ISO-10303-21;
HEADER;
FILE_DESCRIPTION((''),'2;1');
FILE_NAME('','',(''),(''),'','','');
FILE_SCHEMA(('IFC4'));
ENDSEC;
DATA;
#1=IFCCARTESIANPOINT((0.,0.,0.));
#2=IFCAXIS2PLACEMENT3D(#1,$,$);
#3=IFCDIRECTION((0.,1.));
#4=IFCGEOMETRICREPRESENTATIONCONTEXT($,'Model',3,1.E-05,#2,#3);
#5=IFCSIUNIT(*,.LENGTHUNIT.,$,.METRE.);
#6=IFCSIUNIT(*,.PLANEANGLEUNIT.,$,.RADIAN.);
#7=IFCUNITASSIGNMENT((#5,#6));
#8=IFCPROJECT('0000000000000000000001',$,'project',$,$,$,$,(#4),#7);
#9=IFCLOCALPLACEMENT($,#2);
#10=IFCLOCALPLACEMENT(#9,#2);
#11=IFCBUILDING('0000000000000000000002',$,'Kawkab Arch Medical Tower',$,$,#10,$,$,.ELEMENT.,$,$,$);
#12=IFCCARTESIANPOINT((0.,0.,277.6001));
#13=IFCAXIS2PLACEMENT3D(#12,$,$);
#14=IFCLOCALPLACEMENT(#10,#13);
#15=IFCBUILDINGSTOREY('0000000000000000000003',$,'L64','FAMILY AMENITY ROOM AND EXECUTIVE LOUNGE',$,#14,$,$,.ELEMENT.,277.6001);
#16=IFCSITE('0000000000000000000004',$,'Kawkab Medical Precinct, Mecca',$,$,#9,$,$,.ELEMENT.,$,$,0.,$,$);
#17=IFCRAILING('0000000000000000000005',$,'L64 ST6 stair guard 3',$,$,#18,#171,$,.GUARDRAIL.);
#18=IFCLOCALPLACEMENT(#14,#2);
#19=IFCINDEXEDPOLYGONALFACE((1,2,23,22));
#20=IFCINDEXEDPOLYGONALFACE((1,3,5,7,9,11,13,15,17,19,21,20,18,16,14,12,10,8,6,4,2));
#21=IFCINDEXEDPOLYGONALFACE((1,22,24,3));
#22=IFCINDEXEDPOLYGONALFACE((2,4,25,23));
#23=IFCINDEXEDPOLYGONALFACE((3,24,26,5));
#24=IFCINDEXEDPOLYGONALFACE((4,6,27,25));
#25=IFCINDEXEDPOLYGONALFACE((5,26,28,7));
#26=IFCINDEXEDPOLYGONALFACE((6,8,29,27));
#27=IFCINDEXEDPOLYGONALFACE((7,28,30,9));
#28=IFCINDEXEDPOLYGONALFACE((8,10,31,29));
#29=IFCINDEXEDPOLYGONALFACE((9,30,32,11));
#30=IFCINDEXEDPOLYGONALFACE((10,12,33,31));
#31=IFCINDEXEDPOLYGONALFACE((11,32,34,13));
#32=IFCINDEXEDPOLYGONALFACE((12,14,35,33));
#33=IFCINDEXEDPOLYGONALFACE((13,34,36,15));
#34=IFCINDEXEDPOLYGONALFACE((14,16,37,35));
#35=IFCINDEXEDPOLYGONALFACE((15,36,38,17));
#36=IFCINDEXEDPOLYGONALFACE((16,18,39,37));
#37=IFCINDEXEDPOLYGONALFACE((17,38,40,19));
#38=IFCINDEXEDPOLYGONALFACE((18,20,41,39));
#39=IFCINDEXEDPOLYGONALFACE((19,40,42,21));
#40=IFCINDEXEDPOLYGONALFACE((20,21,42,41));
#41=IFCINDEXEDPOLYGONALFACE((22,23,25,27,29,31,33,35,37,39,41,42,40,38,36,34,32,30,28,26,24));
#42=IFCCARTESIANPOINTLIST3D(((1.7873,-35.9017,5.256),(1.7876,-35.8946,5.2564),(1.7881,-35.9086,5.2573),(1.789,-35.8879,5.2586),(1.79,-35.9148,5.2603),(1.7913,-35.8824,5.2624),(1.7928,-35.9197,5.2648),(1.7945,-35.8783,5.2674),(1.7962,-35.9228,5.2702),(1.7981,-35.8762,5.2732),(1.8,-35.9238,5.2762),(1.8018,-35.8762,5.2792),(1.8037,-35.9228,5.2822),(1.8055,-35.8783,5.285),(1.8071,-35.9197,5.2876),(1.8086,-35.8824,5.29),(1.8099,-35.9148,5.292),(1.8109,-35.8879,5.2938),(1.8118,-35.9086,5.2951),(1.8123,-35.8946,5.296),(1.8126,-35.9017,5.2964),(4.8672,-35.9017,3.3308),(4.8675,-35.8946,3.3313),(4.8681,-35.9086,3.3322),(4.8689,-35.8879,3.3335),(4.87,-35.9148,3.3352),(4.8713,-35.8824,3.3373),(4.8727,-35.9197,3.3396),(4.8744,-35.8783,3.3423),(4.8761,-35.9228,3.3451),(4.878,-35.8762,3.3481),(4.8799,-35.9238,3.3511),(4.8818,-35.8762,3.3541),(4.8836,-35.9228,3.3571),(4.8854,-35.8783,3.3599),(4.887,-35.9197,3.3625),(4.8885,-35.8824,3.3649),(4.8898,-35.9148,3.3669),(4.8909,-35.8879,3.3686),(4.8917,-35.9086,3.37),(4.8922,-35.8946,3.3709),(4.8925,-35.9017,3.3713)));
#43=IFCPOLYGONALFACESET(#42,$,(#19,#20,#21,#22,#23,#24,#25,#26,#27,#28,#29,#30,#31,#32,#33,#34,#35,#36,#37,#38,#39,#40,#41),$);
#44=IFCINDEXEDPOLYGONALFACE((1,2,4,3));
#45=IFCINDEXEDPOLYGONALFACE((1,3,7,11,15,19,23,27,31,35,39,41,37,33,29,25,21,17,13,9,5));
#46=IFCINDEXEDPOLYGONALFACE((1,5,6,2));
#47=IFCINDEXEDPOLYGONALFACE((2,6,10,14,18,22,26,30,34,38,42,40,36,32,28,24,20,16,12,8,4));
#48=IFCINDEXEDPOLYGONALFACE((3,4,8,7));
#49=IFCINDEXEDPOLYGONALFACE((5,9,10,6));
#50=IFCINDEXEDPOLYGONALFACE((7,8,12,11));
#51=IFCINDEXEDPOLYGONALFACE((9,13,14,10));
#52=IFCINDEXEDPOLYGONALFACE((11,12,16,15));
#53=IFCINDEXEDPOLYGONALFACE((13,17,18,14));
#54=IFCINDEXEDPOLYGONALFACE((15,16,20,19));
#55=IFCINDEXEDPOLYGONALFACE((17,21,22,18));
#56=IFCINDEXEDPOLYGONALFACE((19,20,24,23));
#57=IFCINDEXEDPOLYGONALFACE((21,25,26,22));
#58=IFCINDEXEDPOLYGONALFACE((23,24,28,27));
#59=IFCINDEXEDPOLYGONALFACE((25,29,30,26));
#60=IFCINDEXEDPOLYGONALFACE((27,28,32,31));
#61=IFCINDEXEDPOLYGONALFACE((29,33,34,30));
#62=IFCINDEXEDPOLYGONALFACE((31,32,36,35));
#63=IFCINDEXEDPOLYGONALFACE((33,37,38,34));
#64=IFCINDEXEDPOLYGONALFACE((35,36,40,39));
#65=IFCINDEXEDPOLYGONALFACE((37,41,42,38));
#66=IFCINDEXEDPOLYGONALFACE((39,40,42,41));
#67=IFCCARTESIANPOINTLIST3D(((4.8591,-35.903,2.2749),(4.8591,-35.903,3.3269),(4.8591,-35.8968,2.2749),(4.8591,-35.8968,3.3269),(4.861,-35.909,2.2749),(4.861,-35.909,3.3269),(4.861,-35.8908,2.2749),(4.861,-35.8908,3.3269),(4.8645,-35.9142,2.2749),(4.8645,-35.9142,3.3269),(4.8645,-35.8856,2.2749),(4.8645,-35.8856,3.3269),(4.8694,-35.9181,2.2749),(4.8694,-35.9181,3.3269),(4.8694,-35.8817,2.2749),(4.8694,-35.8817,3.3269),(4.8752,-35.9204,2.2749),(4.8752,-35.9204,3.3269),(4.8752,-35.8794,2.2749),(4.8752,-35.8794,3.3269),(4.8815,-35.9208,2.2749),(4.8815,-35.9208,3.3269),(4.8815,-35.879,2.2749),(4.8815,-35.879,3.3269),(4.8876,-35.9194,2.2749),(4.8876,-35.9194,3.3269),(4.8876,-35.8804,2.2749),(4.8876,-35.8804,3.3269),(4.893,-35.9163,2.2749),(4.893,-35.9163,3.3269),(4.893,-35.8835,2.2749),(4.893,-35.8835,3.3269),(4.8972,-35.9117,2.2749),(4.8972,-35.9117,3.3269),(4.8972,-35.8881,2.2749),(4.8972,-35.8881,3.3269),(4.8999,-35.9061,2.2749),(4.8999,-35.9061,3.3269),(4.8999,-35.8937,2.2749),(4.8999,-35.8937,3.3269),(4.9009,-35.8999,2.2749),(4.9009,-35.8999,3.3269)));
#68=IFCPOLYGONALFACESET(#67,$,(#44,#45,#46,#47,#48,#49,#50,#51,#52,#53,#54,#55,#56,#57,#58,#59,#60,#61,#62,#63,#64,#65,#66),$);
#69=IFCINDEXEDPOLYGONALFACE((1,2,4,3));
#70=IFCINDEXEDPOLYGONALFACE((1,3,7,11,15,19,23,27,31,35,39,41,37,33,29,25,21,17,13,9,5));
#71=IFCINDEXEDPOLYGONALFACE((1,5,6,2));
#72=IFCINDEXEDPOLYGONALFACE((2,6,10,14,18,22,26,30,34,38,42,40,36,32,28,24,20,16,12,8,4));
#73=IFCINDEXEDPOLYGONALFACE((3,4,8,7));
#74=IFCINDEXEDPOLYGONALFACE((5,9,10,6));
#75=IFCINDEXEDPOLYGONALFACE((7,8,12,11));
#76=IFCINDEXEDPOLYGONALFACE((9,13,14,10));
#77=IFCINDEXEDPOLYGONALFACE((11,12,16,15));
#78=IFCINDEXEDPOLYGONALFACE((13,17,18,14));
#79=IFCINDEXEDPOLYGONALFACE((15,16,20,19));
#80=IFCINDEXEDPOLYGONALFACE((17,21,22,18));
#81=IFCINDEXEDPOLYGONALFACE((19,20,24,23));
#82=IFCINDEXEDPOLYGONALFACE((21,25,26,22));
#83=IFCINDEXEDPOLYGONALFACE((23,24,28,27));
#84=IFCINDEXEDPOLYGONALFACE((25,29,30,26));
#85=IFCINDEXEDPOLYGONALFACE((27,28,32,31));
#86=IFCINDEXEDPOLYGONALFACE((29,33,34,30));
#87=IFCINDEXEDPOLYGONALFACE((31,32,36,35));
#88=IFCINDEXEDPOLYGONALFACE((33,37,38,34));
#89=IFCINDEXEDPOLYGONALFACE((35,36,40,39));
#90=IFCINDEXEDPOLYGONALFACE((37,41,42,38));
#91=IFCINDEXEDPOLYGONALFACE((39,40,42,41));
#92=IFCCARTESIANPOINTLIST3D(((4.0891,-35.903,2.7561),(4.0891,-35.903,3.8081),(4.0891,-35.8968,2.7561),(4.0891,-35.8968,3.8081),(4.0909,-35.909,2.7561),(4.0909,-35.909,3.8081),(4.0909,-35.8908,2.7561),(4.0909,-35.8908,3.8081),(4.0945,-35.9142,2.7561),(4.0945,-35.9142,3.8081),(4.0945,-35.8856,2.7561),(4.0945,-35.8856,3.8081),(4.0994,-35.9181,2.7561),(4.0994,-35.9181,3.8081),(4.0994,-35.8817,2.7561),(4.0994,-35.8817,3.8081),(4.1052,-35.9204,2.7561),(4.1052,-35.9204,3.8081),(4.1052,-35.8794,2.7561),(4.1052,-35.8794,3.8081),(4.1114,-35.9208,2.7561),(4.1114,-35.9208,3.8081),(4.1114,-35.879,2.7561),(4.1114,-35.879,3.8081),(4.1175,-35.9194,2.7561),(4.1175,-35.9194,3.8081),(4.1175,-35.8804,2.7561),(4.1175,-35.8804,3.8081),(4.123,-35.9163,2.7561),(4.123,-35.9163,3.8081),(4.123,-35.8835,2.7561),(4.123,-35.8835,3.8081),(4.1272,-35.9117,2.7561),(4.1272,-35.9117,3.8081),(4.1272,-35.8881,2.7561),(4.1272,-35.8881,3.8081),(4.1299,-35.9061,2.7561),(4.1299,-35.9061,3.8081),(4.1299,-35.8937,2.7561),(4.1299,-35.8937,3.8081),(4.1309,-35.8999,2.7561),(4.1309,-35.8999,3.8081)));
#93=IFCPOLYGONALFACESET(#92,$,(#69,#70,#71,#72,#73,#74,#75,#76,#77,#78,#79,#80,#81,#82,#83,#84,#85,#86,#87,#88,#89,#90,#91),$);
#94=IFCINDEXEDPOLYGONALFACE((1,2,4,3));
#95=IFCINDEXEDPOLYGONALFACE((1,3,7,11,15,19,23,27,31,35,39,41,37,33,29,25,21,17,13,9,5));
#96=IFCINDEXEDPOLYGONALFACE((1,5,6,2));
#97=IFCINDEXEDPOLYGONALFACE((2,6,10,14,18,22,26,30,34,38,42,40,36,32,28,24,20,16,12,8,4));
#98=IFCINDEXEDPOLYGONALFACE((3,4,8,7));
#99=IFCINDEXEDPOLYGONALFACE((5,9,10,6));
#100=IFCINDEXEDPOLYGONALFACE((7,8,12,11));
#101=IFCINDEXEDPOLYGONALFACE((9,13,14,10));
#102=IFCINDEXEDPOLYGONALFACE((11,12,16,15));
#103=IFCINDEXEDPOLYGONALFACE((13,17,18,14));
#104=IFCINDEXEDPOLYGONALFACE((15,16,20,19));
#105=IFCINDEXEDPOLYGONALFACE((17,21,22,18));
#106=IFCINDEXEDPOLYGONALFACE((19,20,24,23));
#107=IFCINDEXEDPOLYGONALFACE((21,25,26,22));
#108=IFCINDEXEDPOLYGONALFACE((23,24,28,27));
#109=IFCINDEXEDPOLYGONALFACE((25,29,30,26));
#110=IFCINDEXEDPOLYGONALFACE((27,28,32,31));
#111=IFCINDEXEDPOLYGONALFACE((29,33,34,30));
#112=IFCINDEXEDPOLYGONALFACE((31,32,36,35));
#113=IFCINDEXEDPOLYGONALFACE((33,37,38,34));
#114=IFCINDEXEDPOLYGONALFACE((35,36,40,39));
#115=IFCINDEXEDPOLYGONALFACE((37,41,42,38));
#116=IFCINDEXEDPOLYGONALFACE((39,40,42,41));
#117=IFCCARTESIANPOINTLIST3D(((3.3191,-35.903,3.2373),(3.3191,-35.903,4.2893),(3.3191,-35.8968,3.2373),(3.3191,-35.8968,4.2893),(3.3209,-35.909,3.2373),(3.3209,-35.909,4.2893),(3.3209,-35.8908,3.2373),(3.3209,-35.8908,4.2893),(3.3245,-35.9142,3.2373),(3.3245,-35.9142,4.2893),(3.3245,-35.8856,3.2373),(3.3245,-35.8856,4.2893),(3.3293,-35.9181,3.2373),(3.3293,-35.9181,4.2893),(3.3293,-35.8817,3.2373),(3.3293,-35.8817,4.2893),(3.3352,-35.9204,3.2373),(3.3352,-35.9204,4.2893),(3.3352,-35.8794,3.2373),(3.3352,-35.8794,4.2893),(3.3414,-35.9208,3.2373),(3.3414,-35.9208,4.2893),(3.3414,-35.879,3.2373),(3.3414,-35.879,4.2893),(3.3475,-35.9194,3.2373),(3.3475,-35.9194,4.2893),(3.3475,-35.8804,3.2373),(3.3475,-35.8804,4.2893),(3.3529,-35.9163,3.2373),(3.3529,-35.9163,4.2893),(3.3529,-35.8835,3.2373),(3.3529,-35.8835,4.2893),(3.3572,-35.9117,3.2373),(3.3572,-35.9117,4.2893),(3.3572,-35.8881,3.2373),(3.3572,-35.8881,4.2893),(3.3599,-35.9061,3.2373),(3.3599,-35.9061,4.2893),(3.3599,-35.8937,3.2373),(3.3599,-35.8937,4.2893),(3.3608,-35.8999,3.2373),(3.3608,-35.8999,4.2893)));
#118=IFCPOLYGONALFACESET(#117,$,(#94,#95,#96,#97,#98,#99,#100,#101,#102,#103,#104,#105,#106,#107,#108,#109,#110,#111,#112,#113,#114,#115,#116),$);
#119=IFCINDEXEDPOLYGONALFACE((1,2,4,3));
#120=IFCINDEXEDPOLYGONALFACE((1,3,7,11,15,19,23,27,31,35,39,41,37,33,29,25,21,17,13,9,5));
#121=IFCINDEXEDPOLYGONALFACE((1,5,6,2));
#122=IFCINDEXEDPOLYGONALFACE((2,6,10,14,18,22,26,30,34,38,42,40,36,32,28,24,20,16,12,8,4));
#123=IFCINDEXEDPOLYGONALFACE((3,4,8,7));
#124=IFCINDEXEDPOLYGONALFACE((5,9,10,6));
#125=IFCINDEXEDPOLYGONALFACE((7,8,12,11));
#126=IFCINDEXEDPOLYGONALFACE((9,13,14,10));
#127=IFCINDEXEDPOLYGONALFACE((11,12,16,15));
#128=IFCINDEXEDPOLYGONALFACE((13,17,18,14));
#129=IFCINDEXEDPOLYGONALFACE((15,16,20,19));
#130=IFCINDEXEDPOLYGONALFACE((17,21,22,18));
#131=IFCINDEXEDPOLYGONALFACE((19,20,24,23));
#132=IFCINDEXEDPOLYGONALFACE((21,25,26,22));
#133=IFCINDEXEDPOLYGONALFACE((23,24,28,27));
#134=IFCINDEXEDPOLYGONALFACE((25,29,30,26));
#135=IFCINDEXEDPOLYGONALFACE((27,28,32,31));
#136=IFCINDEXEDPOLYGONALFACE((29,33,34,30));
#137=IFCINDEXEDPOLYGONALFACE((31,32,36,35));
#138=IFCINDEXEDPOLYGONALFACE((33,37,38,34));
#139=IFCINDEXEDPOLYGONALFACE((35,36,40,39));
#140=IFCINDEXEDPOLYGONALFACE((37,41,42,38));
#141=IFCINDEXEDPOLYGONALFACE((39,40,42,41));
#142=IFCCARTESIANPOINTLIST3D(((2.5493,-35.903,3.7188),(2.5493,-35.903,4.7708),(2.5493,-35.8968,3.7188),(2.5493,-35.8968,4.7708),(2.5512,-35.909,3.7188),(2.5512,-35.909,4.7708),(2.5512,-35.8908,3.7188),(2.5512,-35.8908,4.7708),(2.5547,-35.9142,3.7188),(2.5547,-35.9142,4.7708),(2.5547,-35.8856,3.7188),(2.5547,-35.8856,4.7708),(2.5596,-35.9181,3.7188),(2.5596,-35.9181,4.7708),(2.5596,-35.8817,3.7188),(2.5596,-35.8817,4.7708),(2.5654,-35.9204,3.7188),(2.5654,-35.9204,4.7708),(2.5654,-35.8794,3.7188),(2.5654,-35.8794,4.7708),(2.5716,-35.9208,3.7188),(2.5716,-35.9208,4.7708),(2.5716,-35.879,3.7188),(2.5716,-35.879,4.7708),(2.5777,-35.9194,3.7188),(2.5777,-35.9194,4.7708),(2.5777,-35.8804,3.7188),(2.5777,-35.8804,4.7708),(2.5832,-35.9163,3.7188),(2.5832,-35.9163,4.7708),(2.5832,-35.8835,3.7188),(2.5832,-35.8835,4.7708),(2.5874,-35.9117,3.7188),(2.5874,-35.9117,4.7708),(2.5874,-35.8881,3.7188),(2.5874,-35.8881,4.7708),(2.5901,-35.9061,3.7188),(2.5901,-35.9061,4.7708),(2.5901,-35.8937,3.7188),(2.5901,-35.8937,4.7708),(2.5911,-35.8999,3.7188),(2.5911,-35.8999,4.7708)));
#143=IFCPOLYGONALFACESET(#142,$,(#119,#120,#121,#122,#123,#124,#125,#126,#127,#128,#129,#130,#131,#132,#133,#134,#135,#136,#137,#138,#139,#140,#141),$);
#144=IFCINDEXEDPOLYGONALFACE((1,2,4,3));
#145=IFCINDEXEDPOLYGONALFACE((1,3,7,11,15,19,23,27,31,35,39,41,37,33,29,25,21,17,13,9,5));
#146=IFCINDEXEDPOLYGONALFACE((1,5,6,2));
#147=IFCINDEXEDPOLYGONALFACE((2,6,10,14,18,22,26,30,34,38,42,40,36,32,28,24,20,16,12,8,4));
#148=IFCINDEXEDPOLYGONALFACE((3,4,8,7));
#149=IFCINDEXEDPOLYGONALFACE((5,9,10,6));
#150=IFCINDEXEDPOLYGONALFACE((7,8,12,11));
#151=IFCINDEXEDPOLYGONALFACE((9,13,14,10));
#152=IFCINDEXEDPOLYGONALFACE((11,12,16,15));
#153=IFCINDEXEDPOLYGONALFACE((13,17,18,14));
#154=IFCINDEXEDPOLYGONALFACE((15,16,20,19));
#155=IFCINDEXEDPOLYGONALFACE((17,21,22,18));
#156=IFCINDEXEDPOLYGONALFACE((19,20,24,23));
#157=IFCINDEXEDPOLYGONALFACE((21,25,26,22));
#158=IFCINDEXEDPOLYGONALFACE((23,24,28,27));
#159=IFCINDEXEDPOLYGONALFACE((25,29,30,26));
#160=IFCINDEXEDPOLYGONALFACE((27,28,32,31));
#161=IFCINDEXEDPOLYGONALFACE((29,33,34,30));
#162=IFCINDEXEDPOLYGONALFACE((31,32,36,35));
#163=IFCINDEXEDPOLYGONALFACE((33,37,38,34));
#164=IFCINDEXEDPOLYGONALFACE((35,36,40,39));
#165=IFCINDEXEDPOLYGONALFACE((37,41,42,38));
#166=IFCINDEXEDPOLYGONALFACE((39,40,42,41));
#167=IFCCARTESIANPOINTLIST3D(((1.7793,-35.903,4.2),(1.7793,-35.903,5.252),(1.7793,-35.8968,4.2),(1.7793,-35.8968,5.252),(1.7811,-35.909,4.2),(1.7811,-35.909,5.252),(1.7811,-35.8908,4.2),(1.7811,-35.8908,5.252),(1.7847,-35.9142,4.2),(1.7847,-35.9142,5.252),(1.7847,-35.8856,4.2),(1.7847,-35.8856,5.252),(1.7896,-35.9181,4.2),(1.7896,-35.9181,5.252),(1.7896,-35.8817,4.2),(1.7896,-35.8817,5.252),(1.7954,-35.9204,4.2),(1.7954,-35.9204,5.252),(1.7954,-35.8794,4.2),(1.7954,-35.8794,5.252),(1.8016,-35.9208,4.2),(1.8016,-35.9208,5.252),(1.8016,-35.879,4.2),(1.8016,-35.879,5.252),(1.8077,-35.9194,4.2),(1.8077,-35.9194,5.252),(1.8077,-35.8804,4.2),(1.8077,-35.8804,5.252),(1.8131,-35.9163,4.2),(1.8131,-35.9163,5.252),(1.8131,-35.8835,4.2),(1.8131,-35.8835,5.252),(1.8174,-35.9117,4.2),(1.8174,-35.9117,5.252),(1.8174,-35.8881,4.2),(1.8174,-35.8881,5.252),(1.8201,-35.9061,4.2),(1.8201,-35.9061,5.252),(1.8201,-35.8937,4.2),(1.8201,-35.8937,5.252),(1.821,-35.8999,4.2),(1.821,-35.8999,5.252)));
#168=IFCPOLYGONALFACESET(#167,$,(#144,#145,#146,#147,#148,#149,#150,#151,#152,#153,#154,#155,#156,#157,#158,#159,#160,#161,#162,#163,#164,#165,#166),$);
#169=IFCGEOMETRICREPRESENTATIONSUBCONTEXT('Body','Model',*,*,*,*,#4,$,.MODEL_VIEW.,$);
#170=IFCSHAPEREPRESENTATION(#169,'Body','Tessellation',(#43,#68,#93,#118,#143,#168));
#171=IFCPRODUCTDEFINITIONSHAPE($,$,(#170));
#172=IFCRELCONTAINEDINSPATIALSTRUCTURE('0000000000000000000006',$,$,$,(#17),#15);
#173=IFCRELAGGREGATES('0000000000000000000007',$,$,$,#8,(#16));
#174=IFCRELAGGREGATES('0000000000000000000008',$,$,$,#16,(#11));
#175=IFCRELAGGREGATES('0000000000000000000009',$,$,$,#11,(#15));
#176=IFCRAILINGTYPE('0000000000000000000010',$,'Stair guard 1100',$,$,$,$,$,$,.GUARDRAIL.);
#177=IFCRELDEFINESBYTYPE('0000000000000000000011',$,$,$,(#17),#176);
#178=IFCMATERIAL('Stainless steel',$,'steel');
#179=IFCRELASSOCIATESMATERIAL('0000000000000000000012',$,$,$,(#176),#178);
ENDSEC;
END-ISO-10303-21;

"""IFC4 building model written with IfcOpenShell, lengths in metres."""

from ifc_helpers import new_model, si_unit, direction, frame, origin, origin_2d, place, context, subcontext, project, spatial, circle, extrude, material, type_object, element, save


model = new_model("IFC4")

# Units and contexts
model_context = context("Model", 3, precision=1e-05, world=origin(), true_north=direction((0.0, 1.0)))
body_context = subcontext(model_context, "Body", "Model", "MODEL_VIEW")
ifc_project = project(units=[si_unit("LENGTHUNIT", "METRE"), si_unit("PLANEANGLEUNIT", "RADIAN")], contexts=[model_context])

# Site, building, storey
site_placement = place(None, origin())
site = spatial("IfcSite", under=ifc_project, at=site_placement, Name="Kawkab Medical Precinct, Mecca", CompositionType="ELEMENT", RefElevation=0.0)
building_placement = place(site_placement, origin())
building = spatial("IfcBuilding", under=site, at=building_placement, Name="Kawkab Arch Medical Tower", CompositionType="ELEMENT")
storey_placement = place(building_placement, frame((0.0, 0.0, 277.6001)))
storey = spatial("IfcBuildingStorey", under=building, at=storey_placement, Name="L64", Description="FAMILY AMENITY ROOM AND EXECUTIVE LOUNGE", CompositionType="ELEMENT", Elevation=277.6001)

# Railing
ifc_material_1 = material(Name="Stainless steel", Category="steel")
railing_type = type_object("IfcRailingType", Name="Stair guard 1100", PredefinedType="GUARDRAIL", material=ifc_material_1)
railing_1_placement = place(storey_placement, frame((4.8799, -35.8999, 2.2749)))
element("IfcRailing", 1, at=railing_1_placement, inside=storey, type_object=railing_type, Name="L64 ST6 stair guard 3", PredefinedType="GUARDRAIL", context=body_context, shape_type="SweptSolid", body=[
    extrude(circle(Radius=0.0239, at=origin_2d()), frame((0.0, 0.0, 1.0762), z_axis=(-0.847979, 0.0, 0.530029), x_axis=(0.0, -1.0, 0.0)), (0.0, 0.0, 1.0), 3.6321),
    extrude(circle(Radius=0.021, at=origin_2d()), origin(), (0.0, 0.0, 1.0), 1.052),
    extrude(circle(Radius=0.021, at=origin_2d()), frame((-0.77, 0.0, 0.4812)), (0.0, 0.0, 1.0), 1.052),
    extrude(circle(Radius=0.021, at=origin_2d()), frame((-1.54, 0.0, 0.9624)), (0.0, 0.0, 1.0), 1.052),
    extrude(circle(Radius=0.021, at=origin_2d()), frame((-2.3098, 0.0, 1.4438)), (0.0, 0.0, 1.0), 1.052),
    extrude(circle(Radius=0.021, at=origin_2d()), frame((-3.0798, 0.0, 1.925)), (0.0, 0.0, 1.0), 1.052),
])

save(model, "model.ifc")
